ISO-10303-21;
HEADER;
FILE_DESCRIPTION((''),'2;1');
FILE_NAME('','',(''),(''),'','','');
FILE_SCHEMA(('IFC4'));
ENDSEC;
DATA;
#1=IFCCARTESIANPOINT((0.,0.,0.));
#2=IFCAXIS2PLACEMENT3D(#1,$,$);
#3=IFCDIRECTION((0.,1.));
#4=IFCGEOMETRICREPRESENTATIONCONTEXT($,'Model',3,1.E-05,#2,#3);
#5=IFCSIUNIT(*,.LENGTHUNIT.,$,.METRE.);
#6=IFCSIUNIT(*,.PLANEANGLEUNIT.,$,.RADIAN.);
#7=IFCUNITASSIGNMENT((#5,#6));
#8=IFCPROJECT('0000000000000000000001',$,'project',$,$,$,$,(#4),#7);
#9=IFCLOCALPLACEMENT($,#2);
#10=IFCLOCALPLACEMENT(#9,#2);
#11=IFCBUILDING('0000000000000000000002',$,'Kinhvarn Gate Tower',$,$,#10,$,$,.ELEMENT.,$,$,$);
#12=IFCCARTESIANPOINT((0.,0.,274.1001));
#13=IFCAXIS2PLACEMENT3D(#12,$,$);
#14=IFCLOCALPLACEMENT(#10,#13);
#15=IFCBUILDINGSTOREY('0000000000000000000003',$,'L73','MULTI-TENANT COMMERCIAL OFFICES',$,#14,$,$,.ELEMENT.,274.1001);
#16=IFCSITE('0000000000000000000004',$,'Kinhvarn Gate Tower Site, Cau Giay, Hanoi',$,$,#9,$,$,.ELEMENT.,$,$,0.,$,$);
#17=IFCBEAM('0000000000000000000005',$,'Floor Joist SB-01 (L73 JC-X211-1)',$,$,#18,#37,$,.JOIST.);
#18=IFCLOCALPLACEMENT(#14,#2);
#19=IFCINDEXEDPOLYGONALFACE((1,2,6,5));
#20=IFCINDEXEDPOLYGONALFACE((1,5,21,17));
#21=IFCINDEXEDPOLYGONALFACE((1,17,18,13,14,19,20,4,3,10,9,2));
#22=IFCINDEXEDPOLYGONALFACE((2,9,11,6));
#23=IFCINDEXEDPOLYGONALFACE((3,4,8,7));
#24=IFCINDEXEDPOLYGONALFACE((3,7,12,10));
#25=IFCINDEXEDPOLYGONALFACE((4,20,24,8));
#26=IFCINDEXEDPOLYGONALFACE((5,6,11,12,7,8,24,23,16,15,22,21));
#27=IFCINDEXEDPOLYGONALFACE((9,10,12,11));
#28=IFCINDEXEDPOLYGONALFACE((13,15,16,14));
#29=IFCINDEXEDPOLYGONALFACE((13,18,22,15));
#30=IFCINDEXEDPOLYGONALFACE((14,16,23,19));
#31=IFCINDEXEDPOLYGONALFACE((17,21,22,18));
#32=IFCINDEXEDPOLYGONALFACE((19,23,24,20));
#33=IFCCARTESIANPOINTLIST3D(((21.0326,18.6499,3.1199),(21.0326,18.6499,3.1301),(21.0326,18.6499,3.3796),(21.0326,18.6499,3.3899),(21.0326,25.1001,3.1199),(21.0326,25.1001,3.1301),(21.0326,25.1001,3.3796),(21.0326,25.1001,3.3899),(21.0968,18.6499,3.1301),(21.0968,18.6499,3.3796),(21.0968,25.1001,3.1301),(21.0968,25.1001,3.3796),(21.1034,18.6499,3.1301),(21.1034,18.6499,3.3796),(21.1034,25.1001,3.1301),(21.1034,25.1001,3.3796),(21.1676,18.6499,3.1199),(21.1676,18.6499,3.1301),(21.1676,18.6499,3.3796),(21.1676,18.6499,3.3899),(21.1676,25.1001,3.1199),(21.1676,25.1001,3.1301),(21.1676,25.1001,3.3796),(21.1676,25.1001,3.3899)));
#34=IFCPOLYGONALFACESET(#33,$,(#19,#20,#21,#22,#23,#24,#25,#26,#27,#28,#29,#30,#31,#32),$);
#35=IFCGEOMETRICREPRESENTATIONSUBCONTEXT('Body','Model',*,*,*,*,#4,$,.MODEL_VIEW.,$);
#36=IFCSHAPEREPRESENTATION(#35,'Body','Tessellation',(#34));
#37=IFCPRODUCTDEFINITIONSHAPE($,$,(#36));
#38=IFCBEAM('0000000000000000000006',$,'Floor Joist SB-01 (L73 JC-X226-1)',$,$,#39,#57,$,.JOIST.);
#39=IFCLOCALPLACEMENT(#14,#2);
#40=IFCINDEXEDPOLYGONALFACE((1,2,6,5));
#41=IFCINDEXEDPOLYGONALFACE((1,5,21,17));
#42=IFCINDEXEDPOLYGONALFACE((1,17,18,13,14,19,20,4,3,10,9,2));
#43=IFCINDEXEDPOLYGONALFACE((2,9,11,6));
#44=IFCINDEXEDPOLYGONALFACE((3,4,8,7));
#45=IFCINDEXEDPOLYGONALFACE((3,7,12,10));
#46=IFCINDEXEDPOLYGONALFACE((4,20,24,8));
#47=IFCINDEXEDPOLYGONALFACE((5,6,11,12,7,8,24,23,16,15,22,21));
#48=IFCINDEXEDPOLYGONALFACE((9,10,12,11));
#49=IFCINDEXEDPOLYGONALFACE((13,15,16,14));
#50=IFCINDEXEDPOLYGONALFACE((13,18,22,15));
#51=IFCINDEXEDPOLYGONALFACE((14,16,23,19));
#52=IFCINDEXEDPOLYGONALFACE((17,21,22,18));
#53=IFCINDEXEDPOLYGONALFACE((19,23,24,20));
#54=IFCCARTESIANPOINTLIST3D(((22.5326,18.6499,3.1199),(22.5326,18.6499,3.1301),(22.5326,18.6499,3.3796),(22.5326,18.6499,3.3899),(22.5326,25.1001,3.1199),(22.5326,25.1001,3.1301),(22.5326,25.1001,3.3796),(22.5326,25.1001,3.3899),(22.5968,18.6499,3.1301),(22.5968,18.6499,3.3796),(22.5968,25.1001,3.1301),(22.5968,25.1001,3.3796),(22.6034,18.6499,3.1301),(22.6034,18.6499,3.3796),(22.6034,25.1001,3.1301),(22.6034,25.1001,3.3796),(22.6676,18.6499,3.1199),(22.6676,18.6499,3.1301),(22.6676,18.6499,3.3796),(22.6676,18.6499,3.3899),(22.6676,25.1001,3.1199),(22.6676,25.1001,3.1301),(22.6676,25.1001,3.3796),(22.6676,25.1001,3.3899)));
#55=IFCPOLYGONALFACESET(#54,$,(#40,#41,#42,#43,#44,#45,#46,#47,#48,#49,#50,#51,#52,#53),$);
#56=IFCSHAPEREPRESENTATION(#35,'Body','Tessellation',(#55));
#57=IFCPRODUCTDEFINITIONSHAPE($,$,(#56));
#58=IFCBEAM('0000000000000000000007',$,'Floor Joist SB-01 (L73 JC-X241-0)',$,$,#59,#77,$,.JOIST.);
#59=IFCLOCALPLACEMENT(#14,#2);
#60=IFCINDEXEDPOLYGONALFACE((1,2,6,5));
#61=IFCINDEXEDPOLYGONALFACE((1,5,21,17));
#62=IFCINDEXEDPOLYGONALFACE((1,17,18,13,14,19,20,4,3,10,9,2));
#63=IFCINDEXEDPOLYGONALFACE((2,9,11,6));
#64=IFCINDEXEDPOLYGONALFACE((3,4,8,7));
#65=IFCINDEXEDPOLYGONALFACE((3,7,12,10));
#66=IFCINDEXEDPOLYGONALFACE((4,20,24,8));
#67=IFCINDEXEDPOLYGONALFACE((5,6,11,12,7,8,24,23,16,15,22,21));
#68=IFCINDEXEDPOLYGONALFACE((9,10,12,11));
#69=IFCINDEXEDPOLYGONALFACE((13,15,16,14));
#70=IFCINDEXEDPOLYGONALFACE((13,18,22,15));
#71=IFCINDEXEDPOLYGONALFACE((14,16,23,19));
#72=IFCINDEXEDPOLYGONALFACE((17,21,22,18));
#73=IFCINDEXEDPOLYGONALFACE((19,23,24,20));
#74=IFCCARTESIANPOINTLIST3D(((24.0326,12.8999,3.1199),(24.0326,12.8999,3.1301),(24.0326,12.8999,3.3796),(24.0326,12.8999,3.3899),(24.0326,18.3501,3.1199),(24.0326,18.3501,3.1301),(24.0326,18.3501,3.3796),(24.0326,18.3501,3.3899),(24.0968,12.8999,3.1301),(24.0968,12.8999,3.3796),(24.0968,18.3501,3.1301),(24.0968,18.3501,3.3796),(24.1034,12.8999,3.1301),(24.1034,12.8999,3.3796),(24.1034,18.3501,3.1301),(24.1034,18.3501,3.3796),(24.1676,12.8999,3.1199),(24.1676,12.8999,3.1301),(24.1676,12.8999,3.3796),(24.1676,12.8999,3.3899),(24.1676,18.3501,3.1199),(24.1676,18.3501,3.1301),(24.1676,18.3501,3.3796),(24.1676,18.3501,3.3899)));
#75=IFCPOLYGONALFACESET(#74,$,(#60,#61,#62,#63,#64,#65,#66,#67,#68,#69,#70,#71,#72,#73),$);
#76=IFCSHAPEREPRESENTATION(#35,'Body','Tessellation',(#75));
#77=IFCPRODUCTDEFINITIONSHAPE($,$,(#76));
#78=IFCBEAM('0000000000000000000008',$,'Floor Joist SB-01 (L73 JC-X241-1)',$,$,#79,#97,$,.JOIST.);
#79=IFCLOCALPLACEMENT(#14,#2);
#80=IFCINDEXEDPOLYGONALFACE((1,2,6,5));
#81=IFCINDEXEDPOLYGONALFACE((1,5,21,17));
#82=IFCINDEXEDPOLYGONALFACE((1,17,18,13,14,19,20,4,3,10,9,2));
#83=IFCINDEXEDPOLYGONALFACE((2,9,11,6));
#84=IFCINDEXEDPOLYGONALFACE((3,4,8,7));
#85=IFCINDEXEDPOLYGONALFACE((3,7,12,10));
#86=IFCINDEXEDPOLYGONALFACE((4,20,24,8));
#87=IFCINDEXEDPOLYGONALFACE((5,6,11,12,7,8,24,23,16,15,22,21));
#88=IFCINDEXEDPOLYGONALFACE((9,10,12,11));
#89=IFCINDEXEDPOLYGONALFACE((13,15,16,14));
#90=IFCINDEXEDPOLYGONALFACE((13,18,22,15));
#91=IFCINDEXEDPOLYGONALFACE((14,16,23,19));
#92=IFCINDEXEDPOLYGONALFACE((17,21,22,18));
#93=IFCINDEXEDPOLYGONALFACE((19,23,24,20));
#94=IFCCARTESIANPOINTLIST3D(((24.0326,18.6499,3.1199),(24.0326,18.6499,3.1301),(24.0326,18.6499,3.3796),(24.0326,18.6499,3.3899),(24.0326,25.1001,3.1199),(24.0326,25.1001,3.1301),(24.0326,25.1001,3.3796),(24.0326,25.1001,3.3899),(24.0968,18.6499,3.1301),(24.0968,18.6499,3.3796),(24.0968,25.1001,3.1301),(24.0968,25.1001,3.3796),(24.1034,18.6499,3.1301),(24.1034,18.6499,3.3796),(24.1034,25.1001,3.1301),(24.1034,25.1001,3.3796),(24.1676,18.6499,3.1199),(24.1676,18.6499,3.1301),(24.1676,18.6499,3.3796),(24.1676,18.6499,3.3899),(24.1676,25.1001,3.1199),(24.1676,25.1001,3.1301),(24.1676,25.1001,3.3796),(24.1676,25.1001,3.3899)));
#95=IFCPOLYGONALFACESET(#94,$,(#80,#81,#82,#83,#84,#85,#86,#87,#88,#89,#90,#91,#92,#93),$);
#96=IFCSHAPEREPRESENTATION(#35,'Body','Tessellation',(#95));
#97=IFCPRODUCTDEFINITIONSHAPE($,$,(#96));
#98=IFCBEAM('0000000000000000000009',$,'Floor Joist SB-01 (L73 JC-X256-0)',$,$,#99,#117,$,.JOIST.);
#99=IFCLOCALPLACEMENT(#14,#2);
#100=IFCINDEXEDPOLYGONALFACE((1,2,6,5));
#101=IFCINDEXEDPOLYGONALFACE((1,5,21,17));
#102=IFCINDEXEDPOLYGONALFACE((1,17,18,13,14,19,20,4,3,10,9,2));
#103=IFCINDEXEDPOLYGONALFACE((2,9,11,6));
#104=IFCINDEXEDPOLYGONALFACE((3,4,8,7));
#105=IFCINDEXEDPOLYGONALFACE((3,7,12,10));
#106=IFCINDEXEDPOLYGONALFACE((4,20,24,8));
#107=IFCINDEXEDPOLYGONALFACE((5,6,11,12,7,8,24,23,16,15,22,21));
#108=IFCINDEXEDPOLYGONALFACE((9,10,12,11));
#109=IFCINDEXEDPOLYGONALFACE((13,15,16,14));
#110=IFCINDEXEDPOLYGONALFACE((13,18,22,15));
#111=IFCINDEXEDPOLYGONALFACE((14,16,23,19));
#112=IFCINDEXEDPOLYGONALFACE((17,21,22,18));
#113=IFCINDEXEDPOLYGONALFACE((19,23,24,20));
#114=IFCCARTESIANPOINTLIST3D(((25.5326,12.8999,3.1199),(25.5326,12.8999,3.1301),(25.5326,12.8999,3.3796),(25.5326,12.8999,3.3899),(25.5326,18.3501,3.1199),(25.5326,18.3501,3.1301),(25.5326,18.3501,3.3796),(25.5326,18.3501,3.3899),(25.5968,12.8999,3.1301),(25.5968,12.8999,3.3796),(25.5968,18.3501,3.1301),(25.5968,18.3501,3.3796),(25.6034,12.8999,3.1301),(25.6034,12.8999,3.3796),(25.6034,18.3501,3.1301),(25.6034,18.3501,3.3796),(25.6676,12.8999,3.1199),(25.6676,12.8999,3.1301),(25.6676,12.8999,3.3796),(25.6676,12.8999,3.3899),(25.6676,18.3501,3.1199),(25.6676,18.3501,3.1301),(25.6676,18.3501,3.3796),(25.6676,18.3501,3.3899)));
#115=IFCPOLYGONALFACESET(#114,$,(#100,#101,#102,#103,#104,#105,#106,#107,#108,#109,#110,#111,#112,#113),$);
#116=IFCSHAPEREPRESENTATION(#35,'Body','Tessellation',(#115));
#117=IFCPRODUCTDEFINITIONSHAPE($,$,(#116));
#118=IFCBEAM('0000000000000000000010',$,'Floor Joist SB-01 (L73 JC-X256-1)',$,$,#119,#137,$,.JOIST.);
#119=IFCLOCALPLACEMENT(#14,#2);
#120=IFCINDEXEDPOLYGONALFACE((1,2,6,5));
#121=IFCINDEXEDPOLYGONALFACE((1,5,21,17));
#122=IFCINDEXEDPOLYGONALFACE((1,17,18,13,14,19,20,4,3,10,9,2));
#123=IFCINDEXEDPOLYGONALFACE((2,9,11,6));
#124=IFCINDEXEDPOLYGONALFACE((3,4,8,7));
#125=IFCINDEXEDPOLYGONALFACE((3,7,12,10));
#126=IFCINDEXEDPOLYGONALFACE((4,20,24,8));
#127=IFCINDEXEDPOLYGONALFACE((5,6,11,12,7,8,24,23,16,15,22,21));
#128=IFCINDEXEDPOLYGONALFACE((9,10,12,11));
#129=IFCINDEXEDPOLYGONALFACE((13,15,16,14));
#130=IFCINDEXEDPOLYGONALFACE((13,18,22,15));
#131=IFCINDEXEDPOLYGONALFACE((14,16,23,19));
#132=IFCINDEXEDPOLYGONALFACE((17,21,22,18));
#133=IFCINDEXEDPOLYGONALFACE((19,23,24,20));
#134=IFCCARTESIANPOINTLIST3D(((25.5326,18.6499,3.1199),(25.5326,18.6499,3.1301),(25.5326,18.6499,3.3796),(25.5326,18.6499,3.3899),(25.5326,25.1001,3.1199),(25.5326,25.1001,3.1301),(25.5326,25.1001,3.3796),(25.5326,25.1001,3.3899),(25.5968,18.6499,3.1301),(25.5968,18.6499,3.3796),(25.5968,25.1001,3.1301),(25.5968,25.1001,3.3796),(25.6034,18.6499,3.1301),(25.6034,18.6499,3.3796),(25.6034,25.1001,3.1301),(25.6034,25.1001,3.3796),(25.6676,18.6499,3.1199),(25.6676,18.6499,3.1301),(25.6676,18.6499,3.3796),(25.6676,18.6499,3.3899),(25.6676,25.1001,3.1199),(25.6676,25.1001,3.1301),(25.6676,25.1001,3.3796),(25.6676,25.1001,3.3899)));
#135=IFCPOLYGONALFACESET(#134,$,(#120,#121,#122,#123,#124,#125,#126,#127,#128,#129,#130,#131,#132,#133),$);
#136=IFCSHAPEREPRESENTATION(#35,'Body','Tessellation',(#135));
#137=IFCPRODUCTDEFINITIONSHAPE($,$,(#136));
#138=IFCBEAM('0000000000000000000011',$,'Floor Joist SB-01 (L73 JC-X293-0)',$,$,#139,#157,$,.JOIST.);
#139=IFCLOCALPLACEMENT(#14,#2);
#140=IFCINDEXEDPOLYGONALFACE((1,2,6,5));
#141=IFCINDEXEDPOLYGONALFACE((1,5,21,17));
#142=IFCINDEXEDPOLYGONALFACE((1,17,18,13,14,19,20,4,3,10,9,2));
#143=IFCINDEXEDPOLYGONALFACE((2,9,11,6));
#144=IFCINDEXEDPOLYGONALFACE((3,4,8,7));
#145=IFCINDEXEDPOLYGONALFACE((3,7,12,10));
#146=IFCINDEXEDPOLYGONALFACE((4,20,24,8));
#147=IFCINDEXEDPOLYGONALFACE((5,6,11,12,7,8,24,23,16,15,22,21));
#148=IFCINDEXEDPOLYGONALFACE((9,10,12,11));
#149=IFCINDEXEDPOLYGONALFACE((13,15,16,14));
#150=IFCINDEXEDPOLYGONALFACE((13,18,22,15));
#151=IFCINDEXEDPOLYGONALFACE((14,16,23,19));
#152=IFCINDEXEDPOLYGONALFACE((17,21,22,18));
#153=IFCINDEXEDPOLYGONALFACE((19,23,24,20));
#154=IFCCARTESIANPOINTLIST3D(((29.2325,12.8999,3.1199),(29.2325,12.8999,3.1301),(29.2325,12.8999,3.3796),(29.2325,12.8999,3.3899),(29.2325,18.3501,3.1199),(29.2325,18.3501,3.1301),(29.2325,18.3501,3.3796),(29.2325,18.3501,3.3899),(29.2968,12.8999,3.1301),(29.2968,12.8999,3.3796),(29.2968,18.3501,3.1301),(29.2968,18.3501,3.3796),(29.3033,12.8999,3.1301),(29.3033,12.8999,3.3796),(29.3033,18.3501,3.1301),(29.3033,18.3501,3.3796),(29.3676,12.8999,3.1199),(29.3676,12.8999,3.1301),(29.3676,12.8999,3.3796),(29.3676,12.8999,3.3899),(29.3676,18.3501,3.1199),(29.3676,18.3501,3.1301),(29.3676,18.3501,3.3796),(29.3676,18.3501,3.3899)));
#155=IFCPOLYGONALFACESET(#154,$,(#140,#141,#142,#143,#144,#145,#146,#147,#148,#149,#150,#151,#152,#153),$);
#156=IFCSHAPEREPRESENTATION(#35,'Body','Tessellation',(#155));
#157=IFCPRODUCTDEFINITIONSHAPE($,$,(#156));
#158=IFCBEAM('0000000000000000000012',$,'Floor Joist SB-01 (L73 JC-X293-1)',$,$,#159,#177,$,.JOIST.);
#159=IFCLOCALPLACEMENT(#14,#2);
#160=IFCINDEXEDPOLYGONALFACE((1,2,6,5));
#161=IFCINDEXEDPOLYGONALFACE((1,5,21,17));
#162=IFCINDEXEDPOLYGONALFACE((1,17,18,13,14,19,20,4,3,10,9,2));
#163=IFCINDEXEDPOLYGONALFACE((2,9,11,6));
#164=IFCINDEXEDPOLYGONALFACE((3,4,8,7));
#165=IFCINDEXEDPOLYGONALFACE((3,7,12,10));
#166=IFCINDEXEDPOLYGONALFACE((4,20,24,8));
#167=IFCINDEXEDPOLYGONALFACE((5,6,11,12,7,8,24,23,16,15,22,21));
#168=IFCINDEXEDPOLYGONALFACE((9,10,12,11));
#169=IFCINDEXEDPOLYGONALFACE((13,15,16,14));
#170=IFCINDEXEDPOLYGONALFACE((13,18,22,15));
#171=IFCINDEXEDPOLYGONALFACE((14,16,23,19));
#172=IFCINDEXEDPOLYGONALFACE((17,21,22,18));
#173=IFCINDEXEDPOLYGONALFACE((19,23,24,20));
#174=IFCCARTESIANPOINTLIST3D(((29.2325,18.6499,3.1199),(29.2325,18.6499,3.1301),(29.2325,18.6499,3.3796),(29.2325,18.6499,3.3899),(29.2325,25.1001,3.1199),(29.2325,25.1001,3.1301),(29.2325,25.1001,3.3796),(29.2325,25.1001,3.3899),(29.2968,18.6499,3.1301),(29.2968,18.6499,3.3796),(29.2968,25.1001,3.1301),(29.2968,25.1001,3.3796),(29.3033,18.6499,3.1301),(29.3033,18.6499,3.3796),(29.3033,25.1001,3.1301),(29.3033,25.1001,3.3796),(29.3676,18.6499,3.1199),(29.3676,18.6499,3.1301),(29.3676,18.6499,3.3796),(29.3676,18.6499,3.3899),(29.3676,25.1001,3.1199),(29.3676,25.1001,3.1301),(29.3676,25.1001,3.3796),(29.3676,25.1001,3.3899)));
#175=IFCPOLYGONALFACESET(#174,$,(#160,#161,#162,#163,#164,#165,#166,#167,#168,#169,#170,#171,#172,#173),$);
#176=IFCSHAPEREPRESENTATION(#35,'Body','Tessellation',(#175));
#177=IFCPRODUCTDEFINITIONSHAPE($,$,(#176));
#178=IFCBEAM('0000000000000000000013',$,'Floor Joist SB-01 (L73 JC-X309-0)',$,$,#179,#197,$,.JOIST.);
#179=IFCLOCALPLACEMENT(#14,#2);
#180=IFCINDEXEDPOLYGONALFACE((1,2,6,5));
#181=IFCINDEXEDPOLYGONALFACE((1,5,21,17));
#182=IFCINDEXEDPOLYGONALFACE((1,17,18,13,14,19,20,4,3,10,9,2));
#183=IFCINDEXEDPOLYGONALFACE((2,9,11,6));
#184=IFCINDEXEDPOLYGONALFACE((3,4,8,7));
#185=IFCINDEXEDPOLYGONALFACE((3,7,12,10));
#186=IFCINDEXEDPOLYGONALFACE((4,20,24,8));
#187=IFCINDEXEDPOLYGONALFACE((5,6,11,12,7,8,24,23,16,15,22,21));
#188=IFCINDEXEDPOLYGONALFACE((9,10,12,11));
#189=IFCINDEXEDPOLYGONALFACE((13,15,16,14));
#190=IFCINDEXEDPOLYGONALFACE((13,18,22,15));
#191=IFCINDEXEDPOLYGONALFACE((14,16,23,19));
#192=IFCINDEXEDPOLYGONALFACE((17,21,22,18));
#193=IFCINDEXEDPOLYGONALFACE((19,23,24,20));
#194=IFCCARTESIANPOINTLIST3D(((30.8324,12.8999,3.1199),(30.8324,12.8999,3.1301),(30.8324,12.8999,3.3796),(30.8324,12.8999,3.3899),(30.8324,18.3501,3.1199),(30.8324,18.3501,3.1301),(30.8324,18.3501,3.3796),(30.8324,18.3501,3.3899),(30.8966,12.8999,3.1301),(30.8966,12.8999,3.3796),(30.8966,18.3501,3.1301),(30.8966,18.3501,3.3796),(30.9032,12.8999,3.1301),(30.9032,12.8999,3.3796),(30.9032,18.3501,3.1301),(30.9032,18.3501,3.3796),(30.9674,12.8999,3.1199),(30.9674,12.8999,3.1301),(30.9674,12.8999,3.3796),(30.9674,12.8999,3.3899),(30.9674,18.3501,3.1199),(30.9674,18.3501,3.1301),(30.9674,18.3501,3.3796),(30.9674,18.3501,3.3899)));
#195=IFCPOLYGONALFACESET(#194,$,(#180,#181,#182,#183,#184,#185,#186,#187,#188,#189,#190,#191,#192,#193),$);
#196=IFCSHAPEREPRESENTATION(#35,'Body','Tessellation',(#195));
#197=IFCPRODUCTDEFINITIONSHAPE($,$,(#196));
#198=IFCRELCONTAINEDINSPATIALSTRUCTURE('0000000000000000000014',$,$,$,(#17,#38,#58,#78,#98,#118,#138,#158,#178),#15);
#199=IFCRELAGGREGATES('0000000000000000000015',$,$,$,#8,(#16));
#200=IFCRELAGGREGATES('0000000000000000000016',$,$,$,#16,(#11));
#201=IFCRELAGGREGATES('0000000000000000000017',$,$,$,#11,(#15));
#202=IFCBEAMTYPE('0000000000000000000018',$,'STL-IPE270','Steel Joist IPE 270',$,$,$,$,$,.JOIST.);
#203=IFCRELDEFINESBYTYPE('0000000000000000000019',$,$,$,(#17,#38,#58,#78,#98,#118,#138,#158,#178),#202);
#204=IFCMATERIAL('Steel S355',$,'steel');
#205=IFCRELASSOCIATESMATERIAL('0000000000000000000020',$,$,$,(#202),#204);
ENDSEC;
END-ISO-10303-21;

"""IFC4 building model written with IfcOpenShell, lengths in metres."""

from ifc_helpers import new_model, si_unit, direction, frame, origin, origin_2d, place, context, subcontext, project, spatial, i_section, extrude, material, material_profile, profile_set, type_object, element, save


model = new_model("IFC4")

# Units and contexts
model_context = context("Model", 3, precision=1e-05, world=origin(), true_north=direction((0.0, 1.0)))
body_context = subcontext(model_context, "Body", "Model", "MODEL_VIEW")
ifc_project = project(units=[si_unit("LENGTHUNIT", "METRE"), si_unit("PLANEANGLEUNIT", "RADIAN")], contexts=[model_context])

# Site, building, storey
site_placement = place(None, origin())
site = spatial("IfcSite", under=ifc_project, at=site_placement, Name="Kinhvarn Gate Tower Site, Cau Giay, Hanoi", CompositionType="ELEMENT", RefElevation=0.0)
building_placement = place(site_placement, origin())
building = spatial("IfcBuilding", under=site, at=building_placement, Name="Kinhvarn Gate Tower", CompositionType="ELEMENT")
storey_placement = place(building_placement, frame((0.0, 0.0, 274.1001)))
storey = spatial("IfcBuildingStorey", under=building, at=storey_placement, Name="L73", Description="MULTI-TENANT COMMERCIAL OFFICES", CompositionType="ELEMENT", Elevation=274.1001)

# Beams
ifc_material_1 = material(Name="Steel S355", Category="steel")
ifc_material_profile = material_profile(ifc_material_1, i_section(OverallWidth=0.135, OverallDepth=0.27, WebThickness=0.0066, FlangeThickness=0.0103, at=origin_2d()), Name="IPE 270")
ifc_profile_set = profile_set([ifc_material_profile], Name="Steel S355")
beam_type = type_object("IfcBeamType", Name="STL-IPE270", Description="Steel Joist IPE 270", PredefinedType="JOIST", material=ifc_profile_set)
for number, where, z_axis, x_axis, name in (
    (1, (21.1001, 18.6499, 3.2549), (0.0, 1.0, 0.0), (-1.0, 0.0, 0.0), "Floor Joist SB-01 (L73 JC-X211-1)"),
    (2, (22.6001, 18.6499, 3.2549), (0.0, 1.0, 0.0), (-1.0, 0.0, 0.0), "Floor Joist SB-01 (L73 JC-X226-1)"),
):
    element("IfcBeam", number, at=place(storey_placement, frame(where, z_axis=z_axis, x_axis=x_axis)), inside=storey, type_object=beam_type, Name=name, PredefinedType="JOIST", context=body_context, shape_type="SweptSolid", body=[
        extrude(i_section(OverallWidth=0.135, OverallDepth=0.27, WebThickness=0.0066, FlangeThickness=0.0103, at=origin_2d()), origin(), (0.0, 0.0, 1.0), 6.4502),
    ])
beam_1_placement = place(storey_placement, frame((24.1001, 12.8999, 3.2549), z_axis=(0.0, 1.0, 0.0), x_axis=(-1.0, 0.0, 0.0)))
element("IfcBeam", 3, at=beam_1_placement, inside=storey, type_object=beam_type, Name="Floor Joist SB-01 (L73 JC-X241-0)", PredefinedType="JOIST", context=body_context, shape_type="SweptSolid", body=[
    extrude(i_section(OverallWidth=0.135, OverallDepth=0.27, WebThickness=0.0066, FlangeThickness=0.0103, at=origin_2d()), origin(), (0.0, 0.0, 1.0), 5.4502),
])
beam_2_placement = place(storey_placement, frame((24.1001, 18.6499, 3.2549), z_axis=(0.0, 1.0, 0.0), x_axis=(-1.0, 0.0, 0.0)))
element("IfcBeam", 4, at=beam_2_placement, inside=storey, type_object=beam_type, Name="Floor Joist SB-01 (L73 JC-X241-1)", PredefinedType="JOIST", context=body_context, shape_type="SweptSolid", body=[
    extrude(i_section(OverallWidth=0.135, OverallDepth=0.27, WebThickness=0.0066, FlangeThickness=0.0103, at=origin_2d()), origin(), (0.0, 0.0, 1.0), 6.4502),
])
beam_3_placement = place(storey_placement, frame((25.6001, 12.8999, 3.2549), z_axis=(0.0, 1.0, 0.0), x_axis=(-1.0, 0.0, 0.0)))
element("IfcBeam", 5, at=beam_3_placement, inside=storey, type_object=beam_type, Name="Floor Joist SB-01 (L73 JC-X256-0)", PredefinedType="JOIST", context=body_context, shape_type="SweptSolid", body=[
    extrude(i_section(OverallWidth=0.135, OverallDepth=0.27, WebThickness=0.0066, FlangeThickness=0.0103, at=origin_2d()), origin(), (0.0, 0.0, 1.0), 5.4502),
])
beam_4_placement = place(storey_placement, frame((25.6001, 18.6499, 3.2549), z_axis=(0.0, 1.0, 0.0), x_axis=(-1.0, 0.0, 0.0)))
element("IfcBeam", 6, at=beam_4_placement, inside=storey, type_object=beam_type, Name="Floor Joist SB-01 (L73 JC-X256-1)", PredefinedType="JOIST", context=body_context, shape_type="SweptSolid", body=[
    extrude(i_section(OverallWidth=0.135, OverallDepth=0.27, WebThickness=0.0066, FlangeThickness=0.0103, at=origin_2d()), origin(), (0.0, 0.0, 1.0), 6.4502),
])
beam_5_placement = place(storey_placement, frame((29.3, 12.8999, 3.2549), z_axis=(0.0, 1.0, 0.0), x_axis=(-1.0, 0.0, 0.0)))
element("IfcBeam", 7, at=beam_5_placement, inside=storey, type_object=beam_type, Name="Floor Joist SB-01 (L73 JC-X293-0)", PredefinedType="JOIST", context=body_context, shape_type="SweptSolid", body=[
    extrude(i_section(OverallWidth=0.135, OverallDepth=0.27, WebThickness=0.0066, FlangeThickness=0.0103, at=origin_2d()), origin(), (0.0, 0.0, 1.0), 5.4502),
])
beam_6_placement = place(storey_placement, frame((29.3, 18.6499, 3.2549), z_axis=(0.0, 1.0, 0.0), x_axis=(-1.0, 0.0, 0.0)))
element("IfcBeam", 8, at=beam_6_placement, inside=storey, type_object=beam_type, Name="Floor Joist SB-01 (L73 JC-X293-1)", PredefinedType="JOIST", context=body_context, shape_type="SweptSolid", body=[
    extrude(i_section(OverallWidth=0.135, OverallDepth=0.27, WebThickness=0.0066, FlangeThickness=0.0103, at=origin_2d()), origin(), (0.0, 0.0, 1.0), 6.4502),
])
beam_7_placement = place(storey_placement, frame((30.8999, 12.8999, 3.2549), z_axis=(0.0, 1.0, 0.0), x_axis=(-1.0, 0.0, 0.0)))
element("IfcBeam", 9, at=beam_7_placement, inside=storey, type_object=beam_type, Name="Floor Joist SB-01 (L73 JC-X309-0)", PredefinedType="JOIST", context=body_context, shape_type="SweptSolid", body=[
    extrude(i_section(OverallWidth=0.135, OverallDepth=0.27, WebThickness=0.0066, FlangeThickness=0.0103, at=origin_2d()), origin(), (0.0, 0.0, 1.0), 5.4502),
])

save(model, "model.ifc")
